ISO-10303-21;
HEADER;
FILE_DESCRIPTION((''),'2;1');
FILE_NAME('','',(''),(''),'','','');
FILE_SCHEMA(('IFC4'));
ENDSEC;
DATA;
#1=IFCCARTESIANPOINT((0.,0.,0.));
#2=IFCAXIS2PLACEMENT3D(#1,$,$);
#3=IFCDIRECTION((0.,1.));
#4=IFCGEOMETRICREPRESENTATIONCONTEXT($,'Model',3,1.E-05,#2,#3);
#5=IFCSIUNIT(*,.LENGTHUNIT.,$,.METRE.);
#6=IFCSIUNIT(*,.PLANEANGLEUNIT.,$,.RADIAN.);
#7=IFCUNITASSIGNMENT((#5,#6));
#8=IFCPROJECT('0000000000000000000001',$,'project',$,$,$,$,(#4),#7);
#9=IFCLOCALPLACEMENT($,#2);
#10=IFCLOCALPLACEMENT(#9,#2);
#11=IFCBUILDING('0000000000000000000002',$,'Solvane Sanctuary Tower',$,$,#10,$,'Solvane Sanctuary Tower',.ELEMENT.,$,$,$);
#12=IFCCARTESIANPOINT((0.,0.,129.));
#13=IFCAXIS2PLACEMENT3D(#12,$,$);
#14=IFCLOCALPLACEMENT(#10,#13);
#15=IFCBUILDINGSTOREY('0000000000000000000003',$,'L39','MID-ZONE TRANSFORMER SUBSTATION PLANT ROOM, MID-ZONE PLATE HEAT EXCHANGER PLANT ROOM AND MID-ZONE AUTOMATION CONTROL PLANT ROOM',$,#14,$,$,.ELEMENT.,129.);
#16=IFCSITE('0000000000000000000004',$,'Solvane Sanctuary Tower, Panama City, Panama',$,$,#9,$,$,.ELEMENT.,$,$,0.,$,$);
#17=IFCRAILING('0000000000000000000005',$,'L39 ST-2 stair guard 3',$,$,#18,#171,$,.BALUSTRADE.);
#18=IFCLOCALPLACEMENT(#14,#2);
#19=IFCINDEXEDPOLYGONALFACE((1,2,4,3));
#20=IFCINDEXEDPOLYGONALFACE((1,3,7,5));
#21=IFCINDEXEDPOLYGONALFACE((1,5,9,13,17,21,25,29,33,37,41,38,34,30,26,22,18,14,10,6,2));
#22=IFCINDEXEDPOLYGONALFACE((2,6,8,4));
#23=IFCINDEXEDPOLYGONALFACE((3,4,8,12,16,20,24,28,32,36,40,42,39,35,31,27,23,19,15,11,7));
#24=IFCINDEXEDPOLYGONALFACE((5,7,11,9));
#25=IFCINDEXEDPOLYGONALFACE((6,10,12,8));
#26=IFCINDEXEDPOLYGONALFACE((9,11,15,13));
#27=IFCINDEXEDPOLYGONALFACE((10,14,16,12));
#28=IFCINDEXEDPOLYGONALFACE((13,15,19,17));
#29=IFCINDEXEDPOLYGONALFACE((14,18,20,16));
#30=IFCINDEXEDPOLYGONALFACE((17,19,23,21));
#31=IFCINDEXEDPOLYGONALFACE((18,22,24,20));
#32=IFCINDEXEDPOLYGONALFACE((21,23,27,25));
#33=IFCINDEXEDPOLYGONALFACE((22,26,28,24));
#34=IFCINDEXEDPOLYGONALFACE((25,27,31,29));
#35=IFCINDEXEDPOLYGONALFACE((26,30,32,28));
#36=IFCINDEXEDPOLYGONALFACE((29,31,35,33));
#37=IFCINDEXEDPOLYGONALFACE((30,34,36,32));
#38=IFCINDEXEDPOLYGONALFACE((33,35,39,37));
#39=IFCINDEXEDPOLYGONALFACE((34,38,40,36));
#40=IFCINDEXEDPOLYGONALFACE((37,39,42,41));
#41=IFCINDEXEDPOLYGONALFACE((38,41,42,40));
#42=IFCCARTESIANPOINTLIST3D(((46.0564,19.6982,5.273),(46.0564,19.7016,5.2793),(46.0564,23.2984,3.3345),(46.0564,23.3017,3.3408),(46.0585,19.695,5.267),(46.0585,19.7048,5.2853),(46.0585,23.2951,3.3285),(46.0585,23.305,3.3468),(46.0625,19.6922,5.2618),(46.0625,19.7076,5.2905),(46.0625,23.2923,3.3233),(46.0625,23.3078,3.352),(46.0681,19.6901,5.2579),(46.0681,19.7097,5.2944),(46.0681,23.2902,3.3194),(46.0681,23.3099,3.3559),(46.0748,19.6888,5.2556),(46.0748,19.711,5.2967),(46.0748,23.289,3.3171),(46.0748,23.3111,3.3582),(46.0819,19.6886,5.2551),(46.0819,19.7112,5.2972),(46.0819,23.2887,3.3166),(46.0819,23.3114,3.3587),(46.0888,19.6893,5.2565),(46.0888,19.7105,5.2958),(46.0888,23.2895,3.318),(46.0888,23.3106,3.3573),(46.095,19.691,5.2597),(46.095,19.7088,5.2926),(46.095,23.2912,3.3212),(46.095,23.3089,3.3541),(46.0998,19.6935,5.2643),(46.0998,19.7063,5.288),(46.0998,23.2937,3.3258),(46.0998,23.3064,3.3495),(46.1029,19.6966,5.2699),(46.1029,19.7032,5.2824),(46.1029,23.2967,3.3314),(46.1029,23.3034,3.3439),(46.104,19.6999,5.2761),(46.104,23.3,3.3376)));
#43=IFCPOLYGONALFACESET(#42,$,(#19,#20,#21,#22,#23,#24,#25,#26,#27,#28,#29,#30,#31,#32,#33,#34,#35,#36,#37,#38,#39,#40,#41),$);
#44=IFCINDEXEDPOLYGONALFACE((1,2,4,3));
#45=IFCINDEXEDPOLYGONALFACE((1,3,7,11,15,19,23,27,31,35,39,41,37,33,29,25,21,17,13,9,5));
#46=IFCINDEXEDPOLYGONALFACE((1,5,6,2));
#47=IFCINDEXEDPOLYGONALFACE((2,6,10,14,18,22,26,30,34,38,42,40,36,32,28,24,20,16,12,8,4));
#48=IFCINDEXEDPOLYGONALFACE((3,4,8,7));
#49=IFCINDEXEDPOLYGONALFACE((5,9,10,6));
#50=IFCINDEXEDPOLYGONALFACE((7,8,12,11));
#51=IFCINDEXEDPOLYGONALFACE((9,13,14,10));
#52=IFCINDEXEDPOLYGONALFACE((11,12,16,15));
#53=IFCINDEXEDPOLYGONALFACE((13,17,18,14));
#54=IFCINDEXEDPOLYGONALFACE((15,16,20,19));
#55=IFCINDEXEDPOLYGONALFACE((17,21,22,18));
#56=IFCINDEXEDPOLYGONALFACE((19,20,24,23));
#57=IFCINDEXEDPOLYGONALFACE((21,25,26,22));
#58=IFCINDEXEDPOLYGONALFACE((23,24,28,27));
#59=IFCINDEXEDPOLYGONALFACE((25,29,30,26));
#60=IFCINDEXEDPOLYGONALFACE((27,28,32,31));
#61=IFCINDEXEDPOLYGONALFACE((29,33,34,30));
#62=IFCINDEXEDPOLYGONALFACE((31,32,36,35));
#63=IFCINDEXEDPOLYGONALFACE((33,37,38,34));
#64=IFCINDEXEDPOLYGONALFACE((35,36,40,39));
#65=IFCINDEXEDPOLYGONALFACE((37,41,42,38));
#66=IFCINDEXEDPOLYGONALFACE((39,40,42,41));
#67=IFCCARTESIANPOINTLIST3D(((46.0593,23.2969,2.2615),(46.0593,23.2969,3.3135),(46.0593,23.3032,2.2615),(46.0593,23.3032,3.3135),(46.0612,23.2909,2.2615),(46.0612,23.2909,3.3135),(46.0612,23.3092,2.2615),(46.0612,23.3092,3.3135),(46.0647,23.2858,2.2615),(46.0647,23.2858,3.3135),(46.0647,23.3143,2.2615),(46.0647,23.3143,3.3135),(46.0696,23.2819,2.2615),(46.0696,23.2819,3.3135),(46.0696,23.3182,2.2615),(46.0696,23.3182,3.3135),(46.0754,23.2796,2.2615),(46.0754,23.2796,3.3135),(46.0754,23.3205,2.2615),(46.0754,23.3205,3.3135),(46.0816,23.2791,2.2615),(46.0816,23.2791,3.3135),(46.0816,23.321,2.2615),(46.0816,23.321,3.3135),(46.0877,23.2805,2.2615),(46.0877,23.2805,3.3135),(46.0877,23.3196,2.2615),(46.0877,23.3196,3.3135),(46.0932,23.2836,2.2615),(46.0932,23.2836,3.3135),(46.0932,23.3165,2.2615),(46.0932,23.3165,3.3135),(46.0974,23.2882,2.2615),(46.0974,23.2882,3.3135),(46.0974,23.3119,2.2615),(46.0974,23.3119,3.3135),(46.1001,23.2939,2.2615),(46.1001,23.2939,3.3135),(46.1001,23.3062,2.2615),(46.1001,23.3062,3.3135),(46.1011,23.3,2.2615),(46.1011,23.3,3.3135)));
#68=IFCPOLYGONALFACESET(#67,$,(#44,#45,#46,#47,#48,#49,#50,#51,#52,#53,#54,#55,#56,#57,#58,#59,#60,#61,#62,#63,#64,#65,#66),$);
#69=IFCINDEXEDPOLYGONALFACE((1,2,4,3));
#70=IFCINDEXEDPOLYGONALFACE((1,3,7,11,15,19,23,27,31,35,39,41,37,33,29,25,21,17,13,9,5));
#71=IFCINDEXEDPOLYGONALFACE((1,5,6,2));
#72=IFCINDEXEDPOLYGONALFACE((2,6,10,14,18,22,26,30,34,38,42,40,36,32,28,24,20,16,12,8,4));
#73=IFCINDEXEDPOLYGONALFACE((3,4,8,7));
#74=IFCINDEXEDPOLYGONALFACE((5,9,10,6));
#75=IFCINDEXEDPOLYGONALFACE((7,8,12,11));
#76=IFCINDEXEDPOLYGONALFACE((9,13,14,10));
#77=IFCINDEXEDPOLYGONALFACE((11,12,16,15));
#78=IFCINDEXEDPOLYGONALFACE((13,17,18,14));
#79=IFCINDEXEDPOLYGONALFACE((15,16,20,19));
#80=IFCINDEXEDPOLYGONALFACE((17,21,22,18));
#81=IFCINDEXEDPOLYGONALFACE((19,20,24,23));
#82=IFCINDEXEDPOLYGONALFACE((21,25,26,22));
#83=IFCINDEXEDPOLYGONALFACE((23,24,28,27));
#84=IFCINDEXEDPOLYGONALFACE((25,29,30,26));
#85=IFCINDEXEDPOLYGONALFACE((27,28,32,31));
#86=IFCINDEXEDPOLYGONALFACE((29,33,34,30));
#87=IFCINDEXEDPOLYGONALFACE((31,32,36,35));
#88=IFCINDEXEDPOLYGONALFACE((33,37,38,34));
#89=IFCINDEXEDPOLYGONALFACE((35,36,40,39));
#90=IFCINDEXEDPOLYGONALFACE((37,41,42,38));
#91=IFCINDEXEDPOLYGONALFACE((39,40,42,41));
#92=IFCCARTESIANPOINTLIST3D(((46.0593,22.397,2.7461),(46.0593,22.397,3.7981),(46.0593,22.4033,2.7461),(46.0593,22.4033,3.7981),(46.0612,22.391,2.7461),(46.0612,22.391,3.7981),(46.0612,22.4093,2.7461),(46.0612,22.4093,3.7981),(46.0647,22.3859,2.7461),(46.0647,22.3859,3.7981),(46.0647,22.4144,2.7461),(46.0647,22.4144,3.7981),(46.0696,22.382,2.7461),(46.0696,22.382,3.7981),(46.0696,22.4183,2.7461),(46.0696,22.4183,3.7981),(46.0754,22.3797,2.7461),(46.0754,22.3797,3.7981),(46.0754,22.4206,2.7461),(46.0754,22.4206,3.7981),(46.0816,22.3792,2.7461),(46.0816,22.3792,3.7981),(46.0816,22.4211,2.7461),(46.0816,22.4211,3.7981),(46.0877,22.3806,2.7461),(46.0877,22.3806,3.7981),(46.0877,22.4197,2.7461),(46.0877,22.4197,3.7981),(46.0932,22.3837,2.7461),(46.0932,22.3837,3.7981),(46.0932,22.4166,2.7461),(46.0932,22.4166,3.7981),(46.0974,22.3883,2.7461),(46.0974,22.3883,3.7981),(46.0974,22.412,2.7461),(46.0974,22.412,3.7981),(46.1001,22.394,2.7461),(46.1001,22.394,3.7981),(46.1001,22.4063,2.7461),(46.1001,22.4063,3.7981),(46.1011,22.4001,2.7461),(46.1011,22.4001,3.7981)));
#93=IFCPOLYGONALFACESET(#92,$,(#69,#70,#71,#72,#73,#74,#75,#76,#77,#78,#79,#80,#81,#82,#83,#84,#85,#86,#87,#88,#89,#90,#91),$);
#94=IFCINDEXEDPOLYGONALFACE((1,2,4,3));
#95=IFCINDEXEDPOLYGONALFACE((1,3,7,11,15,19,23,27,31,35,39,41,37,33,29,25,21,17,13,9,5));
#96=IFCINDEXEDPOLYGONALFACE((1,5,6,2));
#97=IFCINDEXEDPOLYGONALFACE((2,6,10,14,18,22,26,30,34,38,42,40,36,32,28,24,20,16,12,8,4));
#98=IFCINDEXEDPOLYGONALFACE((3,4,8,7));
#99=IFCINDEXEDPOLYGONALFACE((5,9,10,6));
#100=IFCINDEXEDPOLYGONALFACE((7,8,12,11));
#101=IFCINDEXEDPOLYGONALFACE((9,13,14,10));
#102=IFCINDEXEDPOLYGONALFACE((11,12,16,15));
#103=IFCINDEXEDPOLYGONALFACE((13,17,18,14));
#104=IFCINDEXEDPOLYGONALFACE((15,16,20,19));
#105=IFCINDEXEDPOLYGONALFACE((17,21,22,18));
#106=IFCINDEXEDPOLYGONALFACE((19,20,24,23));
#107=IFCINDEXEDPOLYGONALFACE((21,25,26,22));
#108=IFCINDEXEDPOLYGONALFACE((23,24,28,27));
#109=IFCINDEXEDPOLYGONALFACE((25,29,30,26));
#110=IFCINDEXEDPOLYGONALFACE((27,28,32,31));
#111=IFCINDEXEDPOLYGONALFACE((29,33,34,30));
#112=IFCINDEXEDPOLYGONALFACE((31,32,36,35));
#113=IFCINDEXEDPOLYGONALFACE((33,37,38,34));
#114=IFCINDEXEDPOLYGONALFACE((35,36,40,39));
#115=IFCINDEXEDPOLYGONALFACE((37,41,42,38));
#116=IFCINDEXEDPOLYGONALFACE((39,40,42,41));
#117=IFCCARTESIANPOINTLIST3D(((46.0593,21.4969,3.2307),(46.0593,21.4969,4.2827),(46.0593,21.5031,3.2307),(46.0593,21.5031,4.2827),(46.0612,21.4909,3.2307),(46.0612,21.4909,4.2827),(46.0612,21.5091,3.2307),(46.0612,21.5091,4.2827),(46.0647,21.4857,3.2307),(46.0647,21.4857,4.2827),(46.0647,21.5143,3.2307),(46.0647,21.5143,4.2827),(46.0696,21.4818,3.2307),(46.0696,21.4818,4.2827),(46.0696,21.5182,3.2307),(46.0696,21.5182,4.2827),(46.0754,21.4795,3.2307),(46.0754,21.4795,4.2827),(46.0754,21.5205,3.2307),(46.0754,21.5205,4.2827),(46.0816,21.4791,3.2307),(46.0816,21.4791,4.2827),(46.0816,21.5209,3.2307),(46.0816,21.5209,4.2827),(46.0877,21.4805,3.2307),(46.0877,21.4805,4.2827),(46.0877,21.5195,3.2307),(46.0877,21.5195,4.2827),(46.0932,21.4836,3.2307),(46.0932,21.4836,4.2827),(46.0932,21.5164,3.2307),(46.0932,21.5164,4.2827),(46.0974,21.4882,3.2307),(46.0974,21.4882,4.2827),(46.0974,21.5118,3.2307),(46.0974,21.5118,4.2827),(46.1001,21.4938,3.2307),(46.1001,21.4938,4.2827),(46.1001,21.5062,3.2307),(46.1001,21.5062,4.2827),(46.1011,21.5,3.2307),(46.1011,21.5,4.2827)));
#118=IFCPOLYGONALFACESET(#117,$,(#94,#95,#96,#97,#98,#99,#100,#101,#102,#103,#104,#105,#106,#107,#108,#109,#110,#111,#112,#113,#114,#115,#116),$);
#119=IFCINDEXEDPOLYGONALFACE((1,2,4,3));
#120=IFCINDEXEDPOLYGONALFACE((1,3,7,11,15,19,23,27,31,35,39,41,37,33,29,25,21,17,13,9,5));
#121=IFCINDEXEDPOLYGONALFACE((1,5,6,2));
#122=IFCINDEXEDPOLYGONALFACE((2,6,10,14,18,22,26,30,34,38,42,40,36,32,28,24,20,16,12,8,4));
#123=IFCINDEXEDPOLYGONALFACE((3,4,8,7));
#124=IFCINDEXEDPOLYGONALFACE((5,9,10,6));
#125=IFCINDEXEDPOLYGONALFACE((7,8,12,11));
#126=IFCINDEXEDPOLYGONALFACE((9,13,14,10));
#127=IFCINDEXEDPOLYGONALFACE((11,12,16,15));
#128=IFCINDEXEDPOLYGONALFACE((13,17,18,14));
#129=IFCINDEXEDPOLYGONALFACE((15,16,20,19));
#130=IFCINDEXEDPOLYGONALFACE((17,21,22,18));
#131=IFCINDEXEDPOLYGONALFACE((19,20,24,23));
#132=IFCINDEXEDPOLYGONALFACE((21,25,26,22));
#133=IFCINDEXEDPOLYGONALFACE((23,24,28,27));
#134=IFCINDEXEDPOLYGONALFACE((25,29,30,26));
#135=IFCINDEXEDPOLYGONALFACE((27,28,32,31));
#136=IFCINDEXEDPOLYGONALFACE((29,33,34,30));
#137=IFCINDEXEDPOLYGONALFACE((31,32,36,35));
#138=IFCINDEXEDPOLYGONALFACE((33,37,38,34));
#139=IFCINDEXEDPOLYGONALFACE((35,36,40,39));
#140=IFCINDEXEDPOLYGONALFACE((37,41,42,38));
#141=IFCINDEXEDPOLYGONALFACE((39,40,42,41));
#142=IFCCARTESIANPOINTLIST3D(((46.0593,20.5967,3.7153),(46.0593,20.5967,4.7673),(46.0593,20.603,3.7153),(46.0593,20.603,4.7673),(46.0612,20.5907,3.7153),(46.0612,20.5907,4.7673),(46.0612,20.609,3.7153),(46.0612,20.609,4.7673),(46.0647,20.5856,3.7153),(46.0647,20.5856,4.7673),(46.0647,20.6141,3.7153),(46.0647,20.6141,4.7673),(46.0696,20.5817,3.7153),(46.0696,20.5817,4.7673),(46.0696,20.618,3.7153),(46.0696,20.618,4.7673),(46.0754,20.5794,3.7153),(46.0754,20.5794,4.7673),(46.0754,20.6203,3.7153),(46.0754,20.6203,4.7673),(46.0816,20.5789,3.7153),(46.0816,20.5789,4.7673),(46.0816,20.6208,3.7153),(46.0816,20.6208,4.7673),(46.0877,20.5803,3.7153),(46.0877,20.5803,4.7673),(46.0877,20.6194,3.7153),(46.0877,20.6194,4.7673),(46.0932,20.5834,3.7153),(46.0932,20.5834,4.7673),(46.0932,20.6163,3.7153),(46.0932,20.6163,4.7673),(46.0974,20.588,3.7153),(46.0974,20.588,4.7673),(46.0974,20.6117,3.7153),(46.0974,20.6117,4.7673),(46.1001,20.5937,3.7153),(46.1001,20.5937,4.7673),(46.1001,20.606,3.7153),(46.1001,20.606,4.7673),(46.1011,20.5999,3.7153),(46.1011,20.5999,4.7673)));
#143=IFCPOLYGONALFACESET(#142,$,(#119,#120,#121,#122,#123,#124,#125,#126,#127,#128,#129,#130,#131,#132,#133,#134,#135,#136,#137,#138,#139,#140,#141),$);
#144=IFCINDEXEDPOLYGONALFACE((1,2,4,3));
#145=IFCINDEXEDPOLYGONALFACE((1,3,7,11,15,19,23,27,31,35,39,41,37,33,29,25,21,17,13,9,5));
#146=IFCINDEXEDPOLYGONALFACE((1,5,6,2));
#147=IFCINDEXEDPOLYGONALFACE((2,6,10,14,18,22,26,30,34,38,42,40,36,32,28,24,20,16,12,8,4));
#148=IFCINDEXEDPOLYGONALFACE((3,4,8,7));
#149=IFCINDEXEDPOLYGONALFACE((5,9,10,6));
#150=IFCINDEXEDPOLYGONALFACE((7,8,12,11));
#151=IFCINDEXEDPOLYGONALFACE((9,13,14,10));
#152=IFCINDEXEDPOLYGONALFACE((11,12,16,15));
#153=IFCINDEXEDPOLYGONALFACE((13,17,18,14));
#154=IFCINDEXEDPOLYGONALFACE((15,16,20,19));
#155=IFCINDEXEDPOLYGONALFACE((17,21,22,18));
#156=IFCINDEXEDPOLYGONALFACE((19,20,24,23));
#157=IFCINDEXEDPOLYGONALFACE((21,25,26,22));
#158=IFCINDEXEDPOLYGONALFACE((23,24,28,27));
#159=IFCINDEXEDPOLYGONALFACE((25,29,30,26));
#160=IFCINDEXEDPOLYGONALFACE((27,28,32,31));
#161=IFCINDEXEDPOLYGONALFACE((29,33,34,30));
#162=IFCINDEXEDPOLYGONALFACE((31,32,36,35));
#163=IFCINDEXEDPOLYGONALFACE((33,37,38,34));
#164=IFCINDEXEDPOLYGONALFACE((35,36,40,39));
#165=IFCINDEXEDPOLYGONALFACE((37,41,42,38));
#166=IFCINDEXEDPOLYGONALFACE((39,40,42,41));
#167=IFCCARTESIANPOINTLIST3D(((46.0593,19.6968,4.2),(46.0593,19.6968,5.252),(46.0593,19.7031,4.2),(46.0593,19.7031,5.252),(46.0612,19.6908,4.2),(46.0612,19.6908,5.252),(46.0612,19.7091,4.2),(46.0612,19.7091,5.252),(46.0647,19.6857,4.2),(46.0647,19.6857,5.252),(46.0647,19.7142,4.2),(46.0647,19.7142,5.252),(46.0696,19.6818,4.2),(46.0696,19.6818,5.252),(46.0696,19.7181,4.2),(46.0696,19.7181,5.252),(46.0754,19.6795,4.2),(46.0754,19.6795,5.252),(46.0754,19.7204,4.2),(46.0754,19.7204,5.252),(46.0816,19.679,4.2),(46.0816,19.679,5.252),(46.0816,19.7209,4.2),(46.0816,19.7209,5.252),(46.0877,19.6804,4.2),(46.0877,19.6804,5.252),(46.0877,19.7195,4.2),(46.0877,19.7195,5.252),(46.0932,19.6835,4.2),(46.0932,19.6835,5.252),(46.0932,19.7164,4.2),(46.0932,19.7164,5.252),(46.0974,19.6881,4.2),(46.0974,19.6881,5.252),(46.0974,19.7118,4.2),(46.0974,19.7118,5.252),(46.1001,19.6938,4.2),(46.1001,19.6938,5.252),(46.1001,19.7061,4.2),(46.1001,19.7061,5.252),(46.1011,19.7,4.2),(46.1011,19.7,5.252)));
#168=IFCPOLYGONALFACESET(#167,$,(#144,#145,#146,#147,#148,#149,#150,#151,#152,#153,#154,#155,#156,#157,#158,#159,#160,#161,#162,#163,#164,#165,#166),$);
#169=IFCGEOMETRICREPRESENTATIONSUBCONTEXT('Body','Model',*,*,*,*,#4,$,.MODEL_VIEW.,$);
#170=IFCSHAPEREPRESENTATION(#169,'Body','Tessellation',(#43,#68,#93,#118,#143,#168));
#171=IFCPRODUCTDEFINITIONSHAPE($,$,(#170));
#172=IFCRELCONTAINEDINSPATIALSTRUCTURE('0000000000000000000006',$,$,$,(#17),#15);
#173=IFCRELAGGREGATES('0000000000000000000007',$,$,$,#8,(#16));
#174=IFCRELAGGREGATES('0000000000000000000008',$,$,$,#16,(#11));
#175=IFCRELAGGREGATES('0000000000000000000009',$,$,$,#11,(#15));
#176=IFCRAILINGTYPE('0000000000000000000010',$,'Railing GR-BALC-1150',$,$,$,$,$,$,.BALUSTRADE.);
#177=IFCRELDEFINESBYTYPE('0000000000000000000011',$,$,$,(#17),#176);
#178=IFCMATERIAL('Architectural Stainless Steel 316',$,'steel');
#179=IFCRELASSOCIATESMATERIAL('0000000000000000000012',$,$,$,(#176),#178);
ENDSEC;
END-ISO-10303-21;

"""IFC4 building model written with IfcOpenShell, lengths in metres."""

from ifc_helpers import new_model, si_unit, direction, frame, origin, origin_2d, place, context, subcontext, project, spatial, circle, extrude, material, type_object, element, save


model = new_model("IFC4")

# Units and contexts
model_context = context("Model", 3, precision=1e-05, world=origin(), true_north=direction((0.0, 1.0)))
body_context = subcontext(model_context, "Body", "Model", "MODEL_VIEW")
ifc_project = project(units=[si_unit("LENGTHUNIT", "METRE"), si_unit("PLANEANGLEUNIT", "RADIAN")], contexts=[model_context])

# Site, building, storey
site_placement = place(None, origin())
site = spatial("IfcSite", under=ifc_project, at=site_placement, Name="Solvane Sanctuary Tower, Panama City, Panama", CompositionType="ELEMENT", RefElevation=0.0)
building_placement = place(site_placement, origin())
building = spatial("IfcBuilding", under=site, at=building_placement, Name="Solvane Sanctuary Tower", LongName="Solvane Sanctuary Tower", CompositionType="ELEMENT")
storey_placement = place(building_placement, frame((0.0, 0.0, 129.0)))
storey = spatial("IfcBuildingStorey", under=building, at=storey_placement, Name="L39", Description="MID-ZONE TRANSFORMER SUBSTATION PLANT ROOM, MID-ZONE PLATE HEAT EXCHANGER PLANT ROOM AND MID-ZONE AUTOMATION CONTROL PLANT ROOM", CompositionType="ELEMENT", Elevation=129.0)

# Shared definitions
ifc_material_1 = material(Name="Architectural Stainless Steel 316", Category="steel")

# Railing
railing_type_1 = type_object("IfcRailingType", Name="Railing GR-BALC-1150", PredefinedType="BALUSTRADE", material=ifc_material_1)
railing_1_placement = place(storey_placement, frame((46.0801, 23.3, 2.2615)))
element("IfcRailing", 1, at=railing_1_placement, inside=storey, type_object=railing_type_1, Name="L39 ST-2 stair guard 3", PredefinedType="BALUSTRADE", context=body_context, shape_type="SweptSolid", body=[
    extrude(circle(Radius=0.0239, at=origin_2d()), frame((0.0, 0.0, 1.0762), z_axis=(0.0, -0.880475, 0.474093), x_axis=(1.0, 0.0, 0.0)), (0.0, 0.0, 1.0), 4.0889),
    extrude(circle(Radius=0.021, at=origin_2d()), origin(), (0.0, 0.0, 1.0), 1.052),
    extrude(circle(Radius=0.021, at=origin_2d()), frame((0.0, -0.8999, 0.4846)), (0.0, 0.0, 1.0), 1.052),
    extrude(circle(Radius=0.021, at=origin_2d()), frame((0.0, -1.8, 0.9692)), (0.0, 0.0, 1.0), 1.052),
    extrude(circle(Radius=0.021, at=origin_2d()), frame((0.0, -2.7002, 1.4539)), (0.0, 0.0, 1.0), 1.052),
    extrude(circle(Radius=0.021, at=origin_2d()), frame((0.0, -3.6001, 1.9385)), (0.0, 0.0, 1.0), 1.052),
])

save(model, "model.ifc")
